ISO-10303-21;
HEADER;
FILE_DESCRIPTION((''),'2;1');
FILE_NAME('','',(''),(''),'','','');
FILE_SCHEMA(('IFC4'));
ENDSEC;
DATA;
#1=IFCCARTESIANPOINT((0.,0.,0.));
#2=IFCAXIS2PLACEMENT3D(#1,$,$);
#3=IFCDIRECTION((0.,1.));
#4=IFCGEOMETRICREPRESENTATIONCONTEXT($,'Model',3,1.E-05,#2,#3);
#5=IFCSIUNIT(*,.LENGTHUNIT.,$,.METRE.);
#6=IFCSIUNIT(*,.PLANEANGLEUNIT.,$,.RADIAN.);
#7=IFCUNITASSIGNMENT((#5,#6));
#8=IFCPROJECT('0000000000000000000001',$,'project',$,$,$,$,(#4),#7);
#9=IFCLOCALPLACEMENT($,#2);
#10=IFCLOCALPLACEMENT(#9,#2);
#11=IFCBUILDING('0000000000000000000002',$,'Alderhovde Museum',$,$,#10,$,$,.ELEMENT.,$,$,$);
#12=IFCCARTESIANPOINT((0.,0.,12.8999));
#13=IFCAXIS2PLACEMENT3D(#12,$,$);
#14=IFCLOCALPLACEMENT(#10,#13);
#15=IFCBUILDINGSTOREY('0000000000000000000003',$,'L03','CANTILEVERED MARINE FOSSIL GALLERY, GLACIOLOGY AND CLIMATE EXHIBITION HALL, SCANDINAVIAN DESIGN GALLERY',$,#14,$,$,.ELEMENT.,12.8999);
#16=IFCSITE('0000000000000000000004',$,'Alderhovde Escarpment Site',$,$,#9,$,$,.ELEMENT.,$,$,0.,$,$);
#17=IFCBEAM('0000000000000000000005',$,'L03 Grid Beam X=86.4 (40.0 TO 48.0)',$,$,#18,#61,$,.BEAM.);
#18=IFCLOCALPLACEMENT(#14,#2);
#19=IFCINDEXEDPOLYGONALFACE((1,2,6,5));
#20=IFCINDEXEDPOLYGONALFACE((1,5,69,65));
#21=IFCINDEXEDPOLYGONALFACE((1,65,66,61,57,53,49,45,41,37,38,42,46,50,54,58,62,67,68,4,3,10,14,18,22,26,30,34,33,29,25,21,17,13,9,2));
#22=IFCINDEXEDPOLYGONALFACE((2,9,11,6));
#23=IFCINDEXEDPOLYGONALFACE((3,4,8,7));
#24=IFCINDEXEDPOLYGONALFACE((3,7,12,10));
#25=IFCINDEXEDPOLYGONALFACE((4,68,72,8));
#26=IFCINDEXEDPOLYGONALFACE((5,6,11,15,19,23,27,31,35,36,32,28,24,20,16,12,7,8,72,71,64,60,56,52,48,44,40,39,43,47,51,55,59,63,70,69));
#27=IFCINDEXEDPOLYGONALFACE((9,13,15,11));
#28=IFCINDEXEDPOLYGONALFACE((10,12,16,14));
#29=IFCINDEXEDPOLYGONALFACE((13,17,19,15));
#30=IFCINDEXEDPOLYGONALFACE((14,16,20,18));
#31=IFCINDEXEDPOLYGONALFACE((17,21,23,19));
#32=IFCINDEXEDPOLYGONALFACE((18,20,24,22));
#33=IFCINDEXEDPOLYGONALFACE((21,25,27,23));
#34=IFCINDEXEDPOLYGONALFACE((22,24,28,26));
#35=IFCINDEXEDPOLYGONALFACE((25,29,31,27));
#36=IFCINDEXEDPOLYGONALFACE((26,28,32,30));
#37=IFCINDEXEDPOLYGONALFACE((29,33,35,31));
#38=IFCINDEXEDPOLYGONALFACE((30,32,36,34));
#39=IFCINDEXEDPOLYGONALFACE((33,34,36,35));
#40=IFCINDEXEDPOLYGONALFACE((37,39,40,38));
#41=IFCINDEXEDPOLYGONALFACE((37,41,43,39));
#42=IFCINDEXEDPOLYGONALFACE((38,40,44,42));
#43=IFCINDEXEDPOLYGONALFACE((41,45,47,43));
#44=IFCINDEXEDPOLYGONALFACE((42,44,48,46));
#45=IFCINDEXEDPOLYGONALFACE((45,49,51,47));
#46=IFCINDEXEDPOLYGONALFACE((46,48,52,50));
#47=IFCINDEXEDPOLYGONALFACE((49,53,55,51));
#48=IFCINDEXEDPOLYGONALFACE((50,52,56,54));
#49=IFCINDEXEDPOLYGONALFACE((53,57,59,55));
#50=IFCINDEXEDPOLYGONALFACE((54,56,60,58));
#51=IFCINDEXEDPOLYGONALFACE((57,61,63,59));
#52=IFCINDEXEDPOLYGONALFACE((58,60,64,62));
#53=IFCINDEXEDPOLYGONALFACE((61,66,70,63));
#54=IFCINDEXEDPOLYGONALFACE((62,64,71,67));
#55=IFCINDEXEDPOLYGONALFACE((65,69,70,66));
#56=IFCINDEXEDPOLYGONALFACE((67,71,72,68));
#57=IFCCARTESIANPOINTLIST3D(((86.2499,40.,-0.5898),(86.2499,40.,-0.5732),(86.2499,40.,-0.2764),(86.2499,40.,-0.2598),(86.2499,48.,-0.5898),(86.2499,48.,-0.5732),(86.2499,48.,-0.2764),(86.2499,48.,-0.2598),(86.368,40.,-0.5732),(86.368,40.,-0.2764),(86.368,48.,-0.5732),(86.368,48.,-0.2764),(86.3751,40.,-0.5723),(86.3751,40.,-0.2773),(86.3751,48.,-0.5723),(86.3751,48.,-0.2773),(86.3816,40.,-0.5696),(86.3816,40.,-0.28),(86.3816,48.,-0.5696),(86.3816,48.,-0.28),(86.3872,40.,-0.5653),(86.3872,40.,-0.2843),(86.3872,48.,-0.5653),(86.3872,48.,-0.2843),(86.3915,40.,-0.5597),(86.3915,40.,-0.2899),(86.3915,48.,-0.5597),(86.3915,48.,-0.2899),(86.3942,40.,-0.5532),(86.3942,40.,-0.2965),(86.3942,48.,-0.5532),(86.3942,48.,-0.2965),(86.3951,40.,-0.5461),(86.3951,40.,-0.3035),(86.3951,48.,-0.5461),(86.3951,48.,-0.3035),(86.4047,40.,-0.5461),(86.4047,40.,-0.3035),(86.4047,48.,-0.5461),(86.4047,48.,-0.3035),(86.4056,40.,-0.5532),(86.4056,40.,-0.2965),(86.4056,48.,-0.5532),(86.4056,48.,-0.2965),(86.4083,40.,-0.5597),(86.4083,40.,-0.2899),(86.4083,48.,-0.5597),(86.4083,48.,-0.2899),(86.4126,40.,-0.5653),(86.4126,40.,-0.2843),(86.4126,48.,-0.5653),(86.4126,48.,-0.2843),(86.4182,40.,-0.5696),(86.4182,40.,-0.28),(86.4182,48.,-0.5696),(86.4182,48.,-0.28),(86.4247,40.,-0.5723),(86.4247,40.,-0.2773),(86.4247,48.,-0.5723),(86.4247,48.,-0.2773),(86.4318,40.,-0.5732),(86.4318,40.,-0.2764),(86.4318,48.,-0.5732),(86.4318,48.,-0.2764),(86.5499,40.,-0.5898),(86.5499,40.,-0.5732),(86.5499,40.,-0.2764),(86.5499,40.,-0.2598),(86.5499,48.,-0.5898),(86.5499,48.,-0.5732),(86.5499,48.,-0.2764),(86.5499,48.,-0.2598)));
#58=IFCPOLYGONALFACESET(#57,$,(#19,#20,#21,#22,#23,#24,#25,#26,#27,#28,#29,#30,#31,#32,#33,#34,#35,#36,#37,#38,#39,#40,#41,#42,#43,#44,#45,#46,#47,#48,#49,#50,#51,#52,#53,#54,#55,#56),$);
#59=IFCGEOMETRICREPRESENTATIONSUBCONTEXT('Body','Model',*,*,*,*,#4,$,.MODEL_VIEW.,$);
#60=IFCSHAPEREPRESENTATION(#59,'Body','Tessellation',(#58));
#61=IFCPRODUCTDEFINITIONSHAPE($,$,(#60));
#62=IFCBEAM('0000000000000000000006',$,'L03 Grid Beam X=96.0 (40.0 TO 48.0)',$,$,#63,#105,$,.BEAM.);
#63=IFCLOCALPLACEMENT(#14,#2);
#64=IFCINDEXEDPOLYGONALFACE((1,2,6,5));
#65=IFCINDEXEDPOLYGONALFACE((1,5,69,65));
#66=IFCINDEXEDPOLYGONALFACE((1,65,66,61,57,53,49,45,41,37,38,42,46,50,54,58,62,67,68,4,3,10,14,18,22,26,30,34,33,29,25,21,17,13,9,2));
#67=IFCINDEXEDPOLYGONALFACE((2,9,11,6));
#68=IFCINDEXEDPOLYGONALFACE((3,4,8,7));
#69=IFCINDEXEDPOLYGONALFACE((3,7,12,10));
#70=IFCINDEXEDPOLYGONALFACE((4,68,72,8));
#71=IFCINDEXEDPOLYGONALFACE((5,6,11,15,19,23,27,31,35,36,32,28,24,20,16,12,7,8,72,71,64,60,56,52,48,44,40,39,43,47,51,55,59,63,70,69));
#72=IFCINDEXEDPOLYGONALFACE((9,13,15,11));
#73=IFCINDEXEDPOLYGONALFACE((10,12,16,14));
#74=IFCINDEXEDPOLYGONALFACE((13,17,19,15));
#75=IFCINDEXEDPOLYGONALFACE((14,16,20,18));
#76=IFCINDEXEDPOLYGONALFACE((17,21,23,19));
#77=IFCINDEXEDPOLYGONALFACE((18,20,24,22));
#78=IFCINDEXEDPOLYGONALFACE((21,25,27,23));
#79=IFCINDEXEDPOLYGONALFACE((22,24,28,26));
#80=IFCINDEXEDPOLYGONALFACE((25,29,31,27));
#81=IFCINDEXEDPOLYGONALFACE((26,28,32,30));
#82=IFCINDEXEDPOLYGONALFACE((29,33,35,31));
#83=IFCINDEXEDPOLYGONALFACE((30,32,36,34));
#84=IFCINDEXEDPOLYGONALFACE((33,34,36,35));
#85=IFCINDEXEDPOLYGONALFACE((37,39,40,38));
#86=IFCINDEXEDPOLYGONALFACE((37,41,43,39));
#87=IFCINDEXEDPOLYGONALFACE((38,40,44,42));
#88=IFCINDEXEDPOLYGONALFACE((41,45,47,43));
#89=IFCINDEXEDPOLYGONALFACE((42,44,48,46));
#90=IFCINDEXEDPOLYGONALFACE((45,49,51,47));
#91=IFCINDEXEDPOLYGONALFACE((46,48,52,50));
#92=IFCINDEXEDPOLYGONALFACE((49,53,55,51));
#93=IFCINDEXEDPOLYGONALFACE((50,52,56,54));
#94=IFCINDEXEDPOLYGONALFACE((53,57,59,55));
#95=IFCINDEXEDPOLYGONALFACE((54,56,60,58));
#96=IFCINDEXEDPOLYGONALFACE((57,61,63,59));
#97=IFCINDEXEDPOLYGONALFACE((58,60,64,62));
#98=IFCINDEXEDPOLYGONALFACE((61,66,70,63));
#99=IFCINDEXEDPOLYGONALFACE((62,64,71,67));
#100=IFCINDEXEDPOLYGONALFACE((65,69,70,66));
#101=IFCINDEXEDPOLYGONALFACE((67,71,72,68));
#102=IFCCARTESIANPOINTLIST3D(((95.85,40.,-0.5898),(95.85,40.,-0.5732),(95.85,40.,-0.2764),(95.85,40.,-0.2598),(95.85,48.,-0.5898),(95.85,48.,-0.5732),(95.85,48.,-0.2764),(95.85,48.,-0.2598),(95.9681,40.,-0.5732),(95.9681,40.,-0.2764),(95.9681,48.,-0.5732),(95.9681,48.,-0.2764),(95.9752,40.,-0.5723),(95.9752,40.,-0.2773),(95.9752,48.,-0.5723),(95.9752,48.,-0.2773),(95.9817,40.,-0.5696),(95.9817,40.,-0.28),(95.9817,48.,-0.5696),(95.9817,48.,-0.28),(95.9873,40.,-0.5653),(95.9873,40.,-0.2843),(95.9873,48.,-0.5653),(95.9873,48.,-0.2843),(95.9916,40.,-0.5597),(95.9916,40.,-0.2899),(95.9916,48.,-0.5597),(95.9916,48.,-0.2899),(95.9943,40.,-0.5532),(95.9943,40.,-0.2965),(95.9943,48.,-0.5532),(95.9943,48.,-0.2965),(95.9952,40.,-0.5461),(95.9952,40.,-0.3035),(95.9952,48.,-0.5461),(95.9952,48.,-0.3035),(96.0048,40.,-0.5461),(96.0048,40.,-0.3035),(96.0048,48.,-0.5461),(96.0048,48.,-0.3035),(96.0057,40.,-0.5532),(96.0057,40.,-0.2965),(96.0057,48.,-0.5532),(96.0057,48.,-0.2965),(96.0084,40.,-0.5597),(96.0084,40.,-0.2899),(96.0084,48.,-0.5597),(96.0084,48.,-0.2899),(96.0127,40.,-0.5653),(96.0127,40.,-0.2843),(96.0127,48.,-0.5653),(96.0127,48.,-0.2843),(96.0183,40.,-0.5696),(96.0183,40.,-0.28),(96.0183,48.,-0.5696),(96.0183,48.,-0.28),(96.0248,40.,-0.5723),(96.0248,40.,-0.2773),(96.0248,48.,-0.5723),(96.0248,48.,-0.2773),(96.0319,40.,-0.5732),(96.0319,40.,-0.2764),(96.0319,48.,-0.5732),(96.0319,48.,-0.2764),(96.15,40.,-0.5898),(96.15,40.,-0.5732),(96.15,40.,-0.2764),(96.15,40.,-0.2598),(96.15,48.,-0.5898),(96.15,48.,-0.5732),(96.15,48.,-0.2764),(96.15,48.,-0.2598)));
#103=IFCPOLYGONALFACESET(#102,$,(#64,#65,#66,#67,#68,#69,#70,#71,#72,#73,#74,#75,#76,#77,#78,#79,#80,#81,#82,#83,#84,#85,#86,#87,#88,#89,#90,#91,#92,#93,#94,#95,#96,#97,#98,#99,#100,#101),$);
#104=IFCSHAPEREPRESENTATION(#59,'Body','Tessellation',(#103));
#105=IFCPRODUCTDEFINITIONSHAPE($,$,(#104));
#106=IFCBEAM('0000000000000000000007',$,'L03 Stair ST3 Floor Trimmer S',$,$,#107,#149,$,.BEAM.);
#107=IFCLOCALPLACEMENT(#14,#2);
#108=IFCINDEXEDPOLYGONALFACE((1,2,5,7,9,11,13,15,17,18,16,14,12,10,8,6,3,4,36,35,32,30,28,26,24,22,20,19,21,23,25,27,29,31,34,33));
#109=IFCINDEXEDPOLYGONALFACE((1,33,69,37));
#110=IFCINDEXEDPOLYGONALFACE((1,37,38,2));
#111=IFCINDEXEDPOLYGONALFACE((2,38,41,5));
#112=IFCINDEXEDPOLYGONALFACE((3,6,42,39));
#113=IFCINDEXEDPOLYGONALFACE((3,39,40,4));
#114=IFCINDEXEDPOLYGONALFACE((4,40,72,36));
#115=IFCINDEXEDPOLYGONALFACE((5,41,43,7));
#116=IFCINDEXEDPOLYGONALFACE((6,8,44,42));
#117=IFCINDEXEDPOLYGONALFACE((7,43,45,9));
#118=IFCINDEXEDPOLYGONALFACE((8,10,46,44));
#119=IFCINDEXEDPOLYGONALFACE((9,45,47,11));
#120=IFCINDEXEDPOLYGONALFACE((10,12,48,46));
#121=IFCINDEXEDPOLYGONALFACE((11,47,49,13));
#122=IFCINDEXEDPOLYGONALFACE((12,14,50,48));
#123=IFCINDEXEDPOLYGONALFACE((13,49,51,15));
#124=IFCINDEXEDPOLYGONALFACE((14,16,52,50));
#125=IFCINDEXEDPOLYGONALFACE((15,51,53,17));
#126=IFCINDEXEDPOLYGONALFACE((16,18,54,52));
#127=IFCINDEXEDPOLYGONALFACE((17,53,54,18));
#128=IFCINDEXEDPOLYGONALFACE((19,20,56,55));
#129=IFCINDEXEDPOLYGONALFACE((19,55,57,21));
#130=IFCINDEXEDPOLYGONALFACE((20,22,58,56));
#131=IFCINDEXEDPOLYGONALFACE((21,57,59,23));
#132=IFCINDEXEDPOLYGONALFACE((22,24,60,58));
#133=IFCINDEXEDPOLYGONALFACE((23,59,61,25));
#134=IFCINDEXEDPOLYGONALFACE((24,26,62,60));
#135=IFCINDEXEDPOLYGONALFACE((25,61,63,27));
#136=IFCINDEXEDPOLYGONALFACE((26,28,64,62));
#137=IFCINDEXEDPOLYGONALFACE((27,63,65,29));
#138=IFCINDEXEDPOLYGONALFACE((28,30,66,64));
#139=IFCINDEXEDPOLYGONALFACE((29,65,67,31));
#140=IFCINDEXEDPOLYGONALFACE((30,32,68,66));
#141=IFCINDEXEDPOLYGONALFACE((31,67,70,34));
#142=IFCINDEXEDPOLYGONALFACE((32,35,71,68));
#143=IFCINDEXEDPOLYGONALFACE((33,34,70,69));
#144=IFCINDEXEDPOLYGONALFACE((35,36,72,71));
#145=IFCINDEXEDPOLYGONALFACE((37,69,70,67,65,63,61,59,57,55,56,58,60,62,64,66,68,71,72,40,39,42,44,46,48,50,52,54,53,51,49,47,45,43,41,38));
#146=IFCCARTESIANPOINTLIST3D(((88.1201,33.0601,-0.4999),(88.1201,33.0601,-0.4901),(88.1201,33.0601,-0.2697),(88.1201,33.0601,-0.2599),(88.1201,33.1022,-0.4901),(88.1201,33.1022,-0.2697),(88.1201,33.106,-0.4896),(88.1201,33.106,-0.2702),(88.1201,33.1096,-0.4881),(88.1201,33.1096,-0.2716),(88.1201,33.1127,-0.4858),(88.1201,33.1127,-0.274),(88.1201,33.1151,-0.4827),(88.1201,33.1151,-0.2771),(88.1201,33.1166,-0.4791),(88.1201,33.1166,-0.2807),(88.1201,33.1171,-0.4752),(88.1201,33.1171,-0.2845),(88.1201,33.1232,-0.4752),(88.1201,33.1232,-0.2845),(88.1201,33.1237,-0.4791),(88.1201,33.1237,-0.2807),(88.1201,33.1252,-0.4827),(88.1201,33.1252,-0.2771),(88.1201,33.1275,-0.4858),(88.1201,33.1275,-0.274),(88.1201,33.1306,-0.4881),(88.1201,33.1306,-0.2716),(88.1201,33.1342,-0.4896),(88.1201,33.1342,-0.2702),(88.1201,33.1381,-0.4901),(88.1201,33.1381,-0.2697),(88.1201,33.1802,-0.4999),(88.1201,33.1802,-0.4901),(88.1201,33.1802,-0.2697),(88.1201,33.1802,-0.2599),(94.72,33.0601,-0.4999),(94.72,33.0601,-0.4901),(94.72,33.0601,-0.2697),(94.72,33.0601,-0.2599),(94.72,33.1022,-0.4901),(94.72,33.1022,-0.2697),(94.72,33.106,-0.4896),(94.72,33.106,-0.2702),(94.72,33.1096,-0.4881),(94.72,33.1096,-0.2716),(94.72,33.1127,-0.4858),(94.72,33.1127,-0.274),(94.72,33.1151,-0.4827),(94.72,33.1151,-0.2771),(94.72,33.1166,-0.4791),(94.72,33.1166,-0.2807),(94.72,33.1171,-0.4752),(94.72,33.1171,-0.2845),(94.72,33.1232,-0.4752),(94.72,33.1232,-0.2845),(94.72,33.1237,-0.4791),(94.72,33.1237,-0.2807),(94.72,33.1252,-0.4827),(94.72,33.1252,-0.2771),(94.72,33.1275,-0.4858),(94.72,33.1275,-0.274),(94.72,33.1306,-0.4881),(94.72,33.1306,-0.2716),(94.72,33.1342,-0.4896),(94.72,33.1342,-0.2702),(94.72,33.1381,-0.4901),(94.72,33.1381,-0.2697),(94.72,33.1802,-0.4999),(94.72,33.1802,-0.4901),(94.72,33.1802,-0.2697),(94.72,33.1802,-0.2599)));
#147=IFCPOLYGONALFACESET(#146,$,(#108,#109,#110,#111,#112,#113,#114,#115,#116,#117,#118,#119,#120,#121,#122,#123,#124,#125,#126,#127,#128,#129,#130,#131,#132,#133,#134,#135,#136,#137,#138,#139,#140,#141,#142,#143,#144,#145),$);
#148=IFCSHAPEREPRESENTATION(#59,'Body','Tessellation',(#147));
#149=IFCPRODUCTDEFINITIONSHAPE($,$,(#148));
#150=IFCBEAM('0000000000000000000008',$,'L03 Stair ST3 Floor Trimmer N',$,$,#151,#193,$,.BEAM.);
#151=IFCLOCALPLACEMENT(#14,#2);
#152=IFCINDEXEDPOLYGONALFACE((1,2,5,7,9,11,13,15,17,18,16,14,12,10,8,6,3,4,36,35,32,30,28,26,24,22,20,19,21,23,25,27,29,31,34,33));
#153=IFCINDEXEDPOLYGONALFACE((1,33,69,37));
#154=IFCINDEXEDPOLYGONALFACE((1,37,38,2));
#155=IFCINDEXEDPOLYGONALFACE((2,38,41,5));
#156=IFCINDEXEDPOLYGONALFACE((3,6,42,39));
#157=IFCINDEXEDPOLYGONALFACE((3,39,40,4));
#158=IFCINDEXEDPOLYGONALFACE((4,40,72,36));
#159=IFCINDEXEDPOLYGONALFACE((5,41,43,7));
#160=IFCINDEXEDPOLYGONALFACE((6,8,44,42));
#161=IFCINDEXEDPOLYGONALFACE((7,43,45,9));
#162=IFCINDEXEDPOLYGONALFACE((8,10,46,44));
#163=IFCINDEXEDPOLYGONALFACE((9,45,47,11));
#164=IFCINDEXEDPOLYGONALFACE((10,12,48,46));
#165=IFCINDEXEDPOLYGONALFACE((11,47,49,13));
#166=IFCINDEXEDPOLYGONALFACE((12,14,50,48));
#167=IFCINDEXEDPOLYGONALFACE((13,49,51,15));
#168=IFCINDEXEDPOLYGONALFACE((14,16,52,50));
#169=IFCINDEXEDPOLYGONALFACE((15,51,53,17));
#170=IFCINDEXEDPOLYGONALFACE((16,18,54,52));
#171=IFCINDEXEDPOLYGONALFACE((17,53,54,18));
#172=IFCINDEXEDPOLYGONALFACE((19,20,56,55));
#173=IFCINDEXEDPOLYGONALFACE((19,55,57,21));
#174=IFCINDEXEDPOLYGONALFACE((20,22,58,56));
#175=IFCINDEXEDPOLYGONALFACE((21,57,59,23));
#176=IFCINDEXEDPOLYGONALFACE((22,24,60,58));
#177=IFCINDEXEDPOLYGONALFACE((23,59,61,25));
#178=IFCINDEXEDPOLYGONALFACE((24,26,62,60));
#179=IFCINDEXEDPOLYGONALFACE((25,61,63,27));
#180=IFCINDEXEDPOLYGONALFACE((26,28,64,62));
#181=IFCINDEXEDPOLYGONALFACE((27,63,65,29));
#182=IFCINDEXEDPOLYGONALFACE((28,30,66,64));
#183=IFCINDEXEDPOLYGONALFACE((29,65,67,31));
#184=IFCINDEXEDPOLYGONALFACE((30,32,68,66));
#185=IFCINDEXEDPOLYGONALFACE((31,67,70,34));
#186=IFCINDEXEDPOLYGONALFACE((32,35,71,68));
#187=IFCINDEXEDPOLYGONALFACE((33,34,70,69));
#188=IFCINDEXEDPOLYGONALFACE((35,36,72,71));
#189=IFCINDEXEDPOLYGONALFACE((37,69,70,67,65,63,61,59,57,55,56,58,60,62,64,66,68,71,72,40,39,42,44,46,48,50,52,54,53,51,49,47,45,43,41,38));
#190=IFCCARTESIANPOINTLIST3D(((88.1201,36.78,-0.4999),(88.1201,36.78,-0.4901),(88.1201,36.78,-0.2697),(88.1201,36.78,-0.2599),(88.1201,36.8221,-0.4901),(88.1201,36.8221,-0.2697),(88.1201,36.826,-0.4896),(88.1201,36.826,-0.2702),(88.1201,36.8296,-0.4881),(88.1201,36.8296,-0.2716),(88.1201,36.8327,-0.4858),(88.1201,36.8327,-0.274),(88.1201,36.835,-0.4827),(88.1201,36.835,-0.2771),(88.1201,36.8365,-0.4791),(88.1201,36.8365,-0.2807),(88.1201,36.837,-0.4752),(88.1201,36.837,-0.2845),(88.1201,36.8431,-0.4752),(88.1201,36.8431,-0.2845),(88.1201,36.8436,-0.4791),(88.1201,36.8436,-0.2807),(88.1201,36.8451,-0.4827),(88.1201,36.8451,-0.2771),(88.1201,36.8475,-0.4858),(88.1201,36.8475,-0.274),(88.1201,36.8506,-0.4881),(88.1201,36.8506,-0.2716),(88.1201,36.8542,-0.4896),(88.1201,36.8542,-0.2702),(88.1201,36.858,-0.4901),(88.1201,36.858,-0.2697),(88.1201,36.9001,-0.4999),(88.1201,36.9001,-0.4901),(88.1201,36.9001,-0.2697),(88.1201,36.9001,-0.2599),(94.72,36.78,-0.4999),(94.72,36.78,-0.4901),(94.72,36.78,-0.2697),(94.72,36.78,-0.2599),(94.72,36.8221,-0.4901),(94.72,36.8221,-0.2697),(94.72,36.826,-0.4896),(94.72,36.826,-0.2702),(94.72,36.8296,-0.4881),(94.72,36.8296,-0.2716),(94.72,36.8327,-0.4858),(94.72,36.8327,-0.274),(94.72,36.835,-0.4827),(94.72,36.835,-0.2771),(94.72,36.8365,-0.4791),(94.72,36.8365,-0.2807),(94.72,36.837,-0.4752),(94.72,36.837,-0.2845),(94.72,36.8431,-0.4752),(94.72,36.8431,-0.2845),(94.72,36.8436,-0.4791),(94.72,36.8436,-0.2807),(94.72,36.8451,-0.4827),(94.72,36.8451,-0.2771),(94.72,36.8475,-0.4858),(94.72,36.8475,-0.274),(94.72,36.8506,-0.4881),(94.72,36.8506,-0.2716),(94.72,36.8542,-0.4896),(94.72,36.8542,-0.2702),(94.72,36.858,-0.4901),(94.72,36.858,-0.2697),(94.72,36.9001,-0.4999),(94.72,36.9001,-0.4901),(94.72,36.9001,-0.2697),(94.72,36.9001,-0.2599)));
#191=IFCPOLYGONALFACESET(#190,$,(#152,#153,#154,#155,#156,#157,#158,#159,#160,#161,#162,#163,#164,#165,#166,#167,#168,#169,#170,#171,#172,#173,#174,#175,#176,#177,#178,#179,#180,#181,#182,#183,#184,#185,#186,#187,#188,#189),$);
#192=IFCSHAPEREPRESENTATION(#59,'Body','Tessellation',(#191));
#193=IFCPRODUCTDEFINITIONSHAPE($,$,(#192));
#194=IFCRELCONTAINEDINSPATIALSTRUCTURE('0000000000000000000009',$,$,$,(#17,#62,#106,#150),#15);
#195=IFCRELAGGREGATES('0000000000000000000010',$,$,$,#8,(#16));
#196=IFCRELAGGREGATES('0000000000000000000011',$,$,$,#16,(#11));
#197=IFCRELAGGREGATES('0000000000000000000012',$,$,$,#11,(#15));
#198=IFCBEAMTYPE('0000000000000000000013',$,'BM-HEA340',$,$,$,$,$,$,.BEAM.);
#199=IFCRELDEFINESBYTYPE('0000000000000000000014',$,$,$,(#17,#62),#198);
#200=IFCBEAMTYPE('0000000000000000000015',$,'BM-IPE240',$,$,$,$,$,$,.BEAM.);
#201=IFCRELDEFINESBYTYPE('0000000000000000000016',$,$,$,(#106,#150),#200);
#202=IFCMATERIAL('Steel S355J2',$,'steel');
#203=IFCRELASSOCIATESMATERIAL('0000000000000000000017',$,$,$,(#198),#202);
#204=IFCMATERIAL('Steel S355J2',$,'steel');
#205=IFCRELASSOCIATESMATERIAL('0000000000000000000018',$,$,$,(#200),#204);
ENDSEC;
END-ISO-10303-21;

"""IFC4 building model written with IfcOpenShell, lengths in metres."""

from ifc_helpers import new_model, si_unit, direction, frame, origin, origin_2d, place, context, subcontext, project, spatial, i_section, extrude, material, material_profile, profile_set, type_object, element, save


model = new_model("IFC4")

# Units and contexts
model_context = context("Model", 3, precision=1e-05, world=origin(), true_north=direction((0.0, 1.0)))
body_context = subcontext(model_context, "Body", "Model", "MODEL_VIEW")
ifc_project = project(units=[si_unit("LENGTHUNIT", "METRE"), si_unit("PLANEANGLEUNIT", "RADIAN")], contexts=[model_context])

# Site, building, storey
site_placement = place(None, origin())
site = spatial("IfcSite", under=ifc_project, at=site_placement, Name="Alderhovde Escarpment Site", CompositionType="ELEMENT", RefElevation=0.0)
building_placement = place(site_placement, origin())
building = spatial("IfcBuilding", under=site, at=building_placement, Name="Alderhovde Museum", CompositionType="ELEMENT")
storey_placement = place(building_placement, frame((0.0, 0.0, 12.8999)))
storey = spatial("IfcBuildingStorey", under=building, at=storey_placement, Name="L03", Description="CANTILEVERED MARINE FOSSIL GALLERY, GLACIOLOGY AND CLIMATE EXHIBITION HALL, SCANDINAVIAN DESIGN GALLERY", CompositionType="ELEMENT", Elevation=12.8999)

# Beams
ifc_material_1 = material(Name="Steel S355J2", Category="steel")
ifc_material_profile_1 = material_profile(ifc_material_1, i_section(OverallWidth=0.3, OverallDepth=0.3301, WebThickness=0.0095, FlangeThickness=0.0166, FilletRadius=0.0271, at=origin_2d()), Name="HEA 340")
ifc_profile_set_1 = profile_set([ifc_material_profile_1], Name="Steel S355J2")
beam_type_1 = type_object("IfcBeamType", Name="BM-HEA340", PredefinedType="BEAM", material=ifc_profile_set_1)
for number, where, z_axis, x_axis, name in (
    (1, (86.3999, 40.0, -0.4248), (0.0, 1.0, 0.0), (-1.0, 0.0, 0.0), "L03 Grid Beam X=86.4 (40.0 TO 48.0)"),
    (2, (96.0, 40.0, -0.4248), (0.0, 1.0, 0.0), (-1.0, 0.0, 0.0), "L03 Grid Beam X=96.0 (40.0 TO 48.0)"),
):
    element("IfcBeam", number, at=place(storey_placement, frame(where, z_axis=z_axis, x_axis=x_axis)), inside=storey, type_object=beam_type_1, Name=name, PredefinedType="BEAM", context=body_context, shape_type="SweptSolid", body=[
        extrude(i_section(OverallWidth=0.3, OverallDepth=0.3301, WebThickness=0.0095, FlangeThickness=0.0166, FilletRadius=0.0271, at=origin_2d()), origin(), (0.0, 0.0, 1.0), 8.0),
    ])
ifc_material_2 = material(Name="Steel S355J2", Category="steel")
ifc_material_profile_2 = material_profile(ifc_material_2, i_section(OverallWidth=0.1201, OverallDepth=0.24, WebThickness=0.0061, FlangeThickness=0.0098, FilletRadius=0.0149, at=origin_2d()), Name="IPE 240")
ifc_profile_set_2 = profile_set([ifc_material_profile_2], Name="Steel S355J2")
beam_type_2 = type_object("IfcBeamType", Name="BM-IPE240", PredefinedType="BEAM", material=ifc_profile_set_2)
for number, where, z_axis, x_axis, name in (
    (3, (88.1201, 33.1201, -0.3799), (1.0, 0.0, 0.0), (0.0, 1.0, 0.0), "L03 Stair ST3 Floor Trimmer S"),
    (4, (88.1201, 36.8401, -0.3799), (1.0, 0.0, 0.0), (0.0, 1.0, 0.0), "L03 Stair ST3 Floor Trimmer N"),
):
    element("IfcBeam", number, at=place(storey_placement, frame(where, z_axis=z_axis, x_axis=x_axis)), inside=storey, type_object=beam_type_2, Name=name, PredefinedType="BEAM", context=body_context, shape_type="SweptSolid", body=[
        extrude(i_section(OverallWidth=0.1201, OverallDepth=0.24, WebThickness=0.0061, FlangeThickness=0.0098, FilletRadius=0.0149, at=origin_2d()), origin(), (0.0, 0.0, 1.0), 6.5999),
    ])

save(model, "model.ifc")
